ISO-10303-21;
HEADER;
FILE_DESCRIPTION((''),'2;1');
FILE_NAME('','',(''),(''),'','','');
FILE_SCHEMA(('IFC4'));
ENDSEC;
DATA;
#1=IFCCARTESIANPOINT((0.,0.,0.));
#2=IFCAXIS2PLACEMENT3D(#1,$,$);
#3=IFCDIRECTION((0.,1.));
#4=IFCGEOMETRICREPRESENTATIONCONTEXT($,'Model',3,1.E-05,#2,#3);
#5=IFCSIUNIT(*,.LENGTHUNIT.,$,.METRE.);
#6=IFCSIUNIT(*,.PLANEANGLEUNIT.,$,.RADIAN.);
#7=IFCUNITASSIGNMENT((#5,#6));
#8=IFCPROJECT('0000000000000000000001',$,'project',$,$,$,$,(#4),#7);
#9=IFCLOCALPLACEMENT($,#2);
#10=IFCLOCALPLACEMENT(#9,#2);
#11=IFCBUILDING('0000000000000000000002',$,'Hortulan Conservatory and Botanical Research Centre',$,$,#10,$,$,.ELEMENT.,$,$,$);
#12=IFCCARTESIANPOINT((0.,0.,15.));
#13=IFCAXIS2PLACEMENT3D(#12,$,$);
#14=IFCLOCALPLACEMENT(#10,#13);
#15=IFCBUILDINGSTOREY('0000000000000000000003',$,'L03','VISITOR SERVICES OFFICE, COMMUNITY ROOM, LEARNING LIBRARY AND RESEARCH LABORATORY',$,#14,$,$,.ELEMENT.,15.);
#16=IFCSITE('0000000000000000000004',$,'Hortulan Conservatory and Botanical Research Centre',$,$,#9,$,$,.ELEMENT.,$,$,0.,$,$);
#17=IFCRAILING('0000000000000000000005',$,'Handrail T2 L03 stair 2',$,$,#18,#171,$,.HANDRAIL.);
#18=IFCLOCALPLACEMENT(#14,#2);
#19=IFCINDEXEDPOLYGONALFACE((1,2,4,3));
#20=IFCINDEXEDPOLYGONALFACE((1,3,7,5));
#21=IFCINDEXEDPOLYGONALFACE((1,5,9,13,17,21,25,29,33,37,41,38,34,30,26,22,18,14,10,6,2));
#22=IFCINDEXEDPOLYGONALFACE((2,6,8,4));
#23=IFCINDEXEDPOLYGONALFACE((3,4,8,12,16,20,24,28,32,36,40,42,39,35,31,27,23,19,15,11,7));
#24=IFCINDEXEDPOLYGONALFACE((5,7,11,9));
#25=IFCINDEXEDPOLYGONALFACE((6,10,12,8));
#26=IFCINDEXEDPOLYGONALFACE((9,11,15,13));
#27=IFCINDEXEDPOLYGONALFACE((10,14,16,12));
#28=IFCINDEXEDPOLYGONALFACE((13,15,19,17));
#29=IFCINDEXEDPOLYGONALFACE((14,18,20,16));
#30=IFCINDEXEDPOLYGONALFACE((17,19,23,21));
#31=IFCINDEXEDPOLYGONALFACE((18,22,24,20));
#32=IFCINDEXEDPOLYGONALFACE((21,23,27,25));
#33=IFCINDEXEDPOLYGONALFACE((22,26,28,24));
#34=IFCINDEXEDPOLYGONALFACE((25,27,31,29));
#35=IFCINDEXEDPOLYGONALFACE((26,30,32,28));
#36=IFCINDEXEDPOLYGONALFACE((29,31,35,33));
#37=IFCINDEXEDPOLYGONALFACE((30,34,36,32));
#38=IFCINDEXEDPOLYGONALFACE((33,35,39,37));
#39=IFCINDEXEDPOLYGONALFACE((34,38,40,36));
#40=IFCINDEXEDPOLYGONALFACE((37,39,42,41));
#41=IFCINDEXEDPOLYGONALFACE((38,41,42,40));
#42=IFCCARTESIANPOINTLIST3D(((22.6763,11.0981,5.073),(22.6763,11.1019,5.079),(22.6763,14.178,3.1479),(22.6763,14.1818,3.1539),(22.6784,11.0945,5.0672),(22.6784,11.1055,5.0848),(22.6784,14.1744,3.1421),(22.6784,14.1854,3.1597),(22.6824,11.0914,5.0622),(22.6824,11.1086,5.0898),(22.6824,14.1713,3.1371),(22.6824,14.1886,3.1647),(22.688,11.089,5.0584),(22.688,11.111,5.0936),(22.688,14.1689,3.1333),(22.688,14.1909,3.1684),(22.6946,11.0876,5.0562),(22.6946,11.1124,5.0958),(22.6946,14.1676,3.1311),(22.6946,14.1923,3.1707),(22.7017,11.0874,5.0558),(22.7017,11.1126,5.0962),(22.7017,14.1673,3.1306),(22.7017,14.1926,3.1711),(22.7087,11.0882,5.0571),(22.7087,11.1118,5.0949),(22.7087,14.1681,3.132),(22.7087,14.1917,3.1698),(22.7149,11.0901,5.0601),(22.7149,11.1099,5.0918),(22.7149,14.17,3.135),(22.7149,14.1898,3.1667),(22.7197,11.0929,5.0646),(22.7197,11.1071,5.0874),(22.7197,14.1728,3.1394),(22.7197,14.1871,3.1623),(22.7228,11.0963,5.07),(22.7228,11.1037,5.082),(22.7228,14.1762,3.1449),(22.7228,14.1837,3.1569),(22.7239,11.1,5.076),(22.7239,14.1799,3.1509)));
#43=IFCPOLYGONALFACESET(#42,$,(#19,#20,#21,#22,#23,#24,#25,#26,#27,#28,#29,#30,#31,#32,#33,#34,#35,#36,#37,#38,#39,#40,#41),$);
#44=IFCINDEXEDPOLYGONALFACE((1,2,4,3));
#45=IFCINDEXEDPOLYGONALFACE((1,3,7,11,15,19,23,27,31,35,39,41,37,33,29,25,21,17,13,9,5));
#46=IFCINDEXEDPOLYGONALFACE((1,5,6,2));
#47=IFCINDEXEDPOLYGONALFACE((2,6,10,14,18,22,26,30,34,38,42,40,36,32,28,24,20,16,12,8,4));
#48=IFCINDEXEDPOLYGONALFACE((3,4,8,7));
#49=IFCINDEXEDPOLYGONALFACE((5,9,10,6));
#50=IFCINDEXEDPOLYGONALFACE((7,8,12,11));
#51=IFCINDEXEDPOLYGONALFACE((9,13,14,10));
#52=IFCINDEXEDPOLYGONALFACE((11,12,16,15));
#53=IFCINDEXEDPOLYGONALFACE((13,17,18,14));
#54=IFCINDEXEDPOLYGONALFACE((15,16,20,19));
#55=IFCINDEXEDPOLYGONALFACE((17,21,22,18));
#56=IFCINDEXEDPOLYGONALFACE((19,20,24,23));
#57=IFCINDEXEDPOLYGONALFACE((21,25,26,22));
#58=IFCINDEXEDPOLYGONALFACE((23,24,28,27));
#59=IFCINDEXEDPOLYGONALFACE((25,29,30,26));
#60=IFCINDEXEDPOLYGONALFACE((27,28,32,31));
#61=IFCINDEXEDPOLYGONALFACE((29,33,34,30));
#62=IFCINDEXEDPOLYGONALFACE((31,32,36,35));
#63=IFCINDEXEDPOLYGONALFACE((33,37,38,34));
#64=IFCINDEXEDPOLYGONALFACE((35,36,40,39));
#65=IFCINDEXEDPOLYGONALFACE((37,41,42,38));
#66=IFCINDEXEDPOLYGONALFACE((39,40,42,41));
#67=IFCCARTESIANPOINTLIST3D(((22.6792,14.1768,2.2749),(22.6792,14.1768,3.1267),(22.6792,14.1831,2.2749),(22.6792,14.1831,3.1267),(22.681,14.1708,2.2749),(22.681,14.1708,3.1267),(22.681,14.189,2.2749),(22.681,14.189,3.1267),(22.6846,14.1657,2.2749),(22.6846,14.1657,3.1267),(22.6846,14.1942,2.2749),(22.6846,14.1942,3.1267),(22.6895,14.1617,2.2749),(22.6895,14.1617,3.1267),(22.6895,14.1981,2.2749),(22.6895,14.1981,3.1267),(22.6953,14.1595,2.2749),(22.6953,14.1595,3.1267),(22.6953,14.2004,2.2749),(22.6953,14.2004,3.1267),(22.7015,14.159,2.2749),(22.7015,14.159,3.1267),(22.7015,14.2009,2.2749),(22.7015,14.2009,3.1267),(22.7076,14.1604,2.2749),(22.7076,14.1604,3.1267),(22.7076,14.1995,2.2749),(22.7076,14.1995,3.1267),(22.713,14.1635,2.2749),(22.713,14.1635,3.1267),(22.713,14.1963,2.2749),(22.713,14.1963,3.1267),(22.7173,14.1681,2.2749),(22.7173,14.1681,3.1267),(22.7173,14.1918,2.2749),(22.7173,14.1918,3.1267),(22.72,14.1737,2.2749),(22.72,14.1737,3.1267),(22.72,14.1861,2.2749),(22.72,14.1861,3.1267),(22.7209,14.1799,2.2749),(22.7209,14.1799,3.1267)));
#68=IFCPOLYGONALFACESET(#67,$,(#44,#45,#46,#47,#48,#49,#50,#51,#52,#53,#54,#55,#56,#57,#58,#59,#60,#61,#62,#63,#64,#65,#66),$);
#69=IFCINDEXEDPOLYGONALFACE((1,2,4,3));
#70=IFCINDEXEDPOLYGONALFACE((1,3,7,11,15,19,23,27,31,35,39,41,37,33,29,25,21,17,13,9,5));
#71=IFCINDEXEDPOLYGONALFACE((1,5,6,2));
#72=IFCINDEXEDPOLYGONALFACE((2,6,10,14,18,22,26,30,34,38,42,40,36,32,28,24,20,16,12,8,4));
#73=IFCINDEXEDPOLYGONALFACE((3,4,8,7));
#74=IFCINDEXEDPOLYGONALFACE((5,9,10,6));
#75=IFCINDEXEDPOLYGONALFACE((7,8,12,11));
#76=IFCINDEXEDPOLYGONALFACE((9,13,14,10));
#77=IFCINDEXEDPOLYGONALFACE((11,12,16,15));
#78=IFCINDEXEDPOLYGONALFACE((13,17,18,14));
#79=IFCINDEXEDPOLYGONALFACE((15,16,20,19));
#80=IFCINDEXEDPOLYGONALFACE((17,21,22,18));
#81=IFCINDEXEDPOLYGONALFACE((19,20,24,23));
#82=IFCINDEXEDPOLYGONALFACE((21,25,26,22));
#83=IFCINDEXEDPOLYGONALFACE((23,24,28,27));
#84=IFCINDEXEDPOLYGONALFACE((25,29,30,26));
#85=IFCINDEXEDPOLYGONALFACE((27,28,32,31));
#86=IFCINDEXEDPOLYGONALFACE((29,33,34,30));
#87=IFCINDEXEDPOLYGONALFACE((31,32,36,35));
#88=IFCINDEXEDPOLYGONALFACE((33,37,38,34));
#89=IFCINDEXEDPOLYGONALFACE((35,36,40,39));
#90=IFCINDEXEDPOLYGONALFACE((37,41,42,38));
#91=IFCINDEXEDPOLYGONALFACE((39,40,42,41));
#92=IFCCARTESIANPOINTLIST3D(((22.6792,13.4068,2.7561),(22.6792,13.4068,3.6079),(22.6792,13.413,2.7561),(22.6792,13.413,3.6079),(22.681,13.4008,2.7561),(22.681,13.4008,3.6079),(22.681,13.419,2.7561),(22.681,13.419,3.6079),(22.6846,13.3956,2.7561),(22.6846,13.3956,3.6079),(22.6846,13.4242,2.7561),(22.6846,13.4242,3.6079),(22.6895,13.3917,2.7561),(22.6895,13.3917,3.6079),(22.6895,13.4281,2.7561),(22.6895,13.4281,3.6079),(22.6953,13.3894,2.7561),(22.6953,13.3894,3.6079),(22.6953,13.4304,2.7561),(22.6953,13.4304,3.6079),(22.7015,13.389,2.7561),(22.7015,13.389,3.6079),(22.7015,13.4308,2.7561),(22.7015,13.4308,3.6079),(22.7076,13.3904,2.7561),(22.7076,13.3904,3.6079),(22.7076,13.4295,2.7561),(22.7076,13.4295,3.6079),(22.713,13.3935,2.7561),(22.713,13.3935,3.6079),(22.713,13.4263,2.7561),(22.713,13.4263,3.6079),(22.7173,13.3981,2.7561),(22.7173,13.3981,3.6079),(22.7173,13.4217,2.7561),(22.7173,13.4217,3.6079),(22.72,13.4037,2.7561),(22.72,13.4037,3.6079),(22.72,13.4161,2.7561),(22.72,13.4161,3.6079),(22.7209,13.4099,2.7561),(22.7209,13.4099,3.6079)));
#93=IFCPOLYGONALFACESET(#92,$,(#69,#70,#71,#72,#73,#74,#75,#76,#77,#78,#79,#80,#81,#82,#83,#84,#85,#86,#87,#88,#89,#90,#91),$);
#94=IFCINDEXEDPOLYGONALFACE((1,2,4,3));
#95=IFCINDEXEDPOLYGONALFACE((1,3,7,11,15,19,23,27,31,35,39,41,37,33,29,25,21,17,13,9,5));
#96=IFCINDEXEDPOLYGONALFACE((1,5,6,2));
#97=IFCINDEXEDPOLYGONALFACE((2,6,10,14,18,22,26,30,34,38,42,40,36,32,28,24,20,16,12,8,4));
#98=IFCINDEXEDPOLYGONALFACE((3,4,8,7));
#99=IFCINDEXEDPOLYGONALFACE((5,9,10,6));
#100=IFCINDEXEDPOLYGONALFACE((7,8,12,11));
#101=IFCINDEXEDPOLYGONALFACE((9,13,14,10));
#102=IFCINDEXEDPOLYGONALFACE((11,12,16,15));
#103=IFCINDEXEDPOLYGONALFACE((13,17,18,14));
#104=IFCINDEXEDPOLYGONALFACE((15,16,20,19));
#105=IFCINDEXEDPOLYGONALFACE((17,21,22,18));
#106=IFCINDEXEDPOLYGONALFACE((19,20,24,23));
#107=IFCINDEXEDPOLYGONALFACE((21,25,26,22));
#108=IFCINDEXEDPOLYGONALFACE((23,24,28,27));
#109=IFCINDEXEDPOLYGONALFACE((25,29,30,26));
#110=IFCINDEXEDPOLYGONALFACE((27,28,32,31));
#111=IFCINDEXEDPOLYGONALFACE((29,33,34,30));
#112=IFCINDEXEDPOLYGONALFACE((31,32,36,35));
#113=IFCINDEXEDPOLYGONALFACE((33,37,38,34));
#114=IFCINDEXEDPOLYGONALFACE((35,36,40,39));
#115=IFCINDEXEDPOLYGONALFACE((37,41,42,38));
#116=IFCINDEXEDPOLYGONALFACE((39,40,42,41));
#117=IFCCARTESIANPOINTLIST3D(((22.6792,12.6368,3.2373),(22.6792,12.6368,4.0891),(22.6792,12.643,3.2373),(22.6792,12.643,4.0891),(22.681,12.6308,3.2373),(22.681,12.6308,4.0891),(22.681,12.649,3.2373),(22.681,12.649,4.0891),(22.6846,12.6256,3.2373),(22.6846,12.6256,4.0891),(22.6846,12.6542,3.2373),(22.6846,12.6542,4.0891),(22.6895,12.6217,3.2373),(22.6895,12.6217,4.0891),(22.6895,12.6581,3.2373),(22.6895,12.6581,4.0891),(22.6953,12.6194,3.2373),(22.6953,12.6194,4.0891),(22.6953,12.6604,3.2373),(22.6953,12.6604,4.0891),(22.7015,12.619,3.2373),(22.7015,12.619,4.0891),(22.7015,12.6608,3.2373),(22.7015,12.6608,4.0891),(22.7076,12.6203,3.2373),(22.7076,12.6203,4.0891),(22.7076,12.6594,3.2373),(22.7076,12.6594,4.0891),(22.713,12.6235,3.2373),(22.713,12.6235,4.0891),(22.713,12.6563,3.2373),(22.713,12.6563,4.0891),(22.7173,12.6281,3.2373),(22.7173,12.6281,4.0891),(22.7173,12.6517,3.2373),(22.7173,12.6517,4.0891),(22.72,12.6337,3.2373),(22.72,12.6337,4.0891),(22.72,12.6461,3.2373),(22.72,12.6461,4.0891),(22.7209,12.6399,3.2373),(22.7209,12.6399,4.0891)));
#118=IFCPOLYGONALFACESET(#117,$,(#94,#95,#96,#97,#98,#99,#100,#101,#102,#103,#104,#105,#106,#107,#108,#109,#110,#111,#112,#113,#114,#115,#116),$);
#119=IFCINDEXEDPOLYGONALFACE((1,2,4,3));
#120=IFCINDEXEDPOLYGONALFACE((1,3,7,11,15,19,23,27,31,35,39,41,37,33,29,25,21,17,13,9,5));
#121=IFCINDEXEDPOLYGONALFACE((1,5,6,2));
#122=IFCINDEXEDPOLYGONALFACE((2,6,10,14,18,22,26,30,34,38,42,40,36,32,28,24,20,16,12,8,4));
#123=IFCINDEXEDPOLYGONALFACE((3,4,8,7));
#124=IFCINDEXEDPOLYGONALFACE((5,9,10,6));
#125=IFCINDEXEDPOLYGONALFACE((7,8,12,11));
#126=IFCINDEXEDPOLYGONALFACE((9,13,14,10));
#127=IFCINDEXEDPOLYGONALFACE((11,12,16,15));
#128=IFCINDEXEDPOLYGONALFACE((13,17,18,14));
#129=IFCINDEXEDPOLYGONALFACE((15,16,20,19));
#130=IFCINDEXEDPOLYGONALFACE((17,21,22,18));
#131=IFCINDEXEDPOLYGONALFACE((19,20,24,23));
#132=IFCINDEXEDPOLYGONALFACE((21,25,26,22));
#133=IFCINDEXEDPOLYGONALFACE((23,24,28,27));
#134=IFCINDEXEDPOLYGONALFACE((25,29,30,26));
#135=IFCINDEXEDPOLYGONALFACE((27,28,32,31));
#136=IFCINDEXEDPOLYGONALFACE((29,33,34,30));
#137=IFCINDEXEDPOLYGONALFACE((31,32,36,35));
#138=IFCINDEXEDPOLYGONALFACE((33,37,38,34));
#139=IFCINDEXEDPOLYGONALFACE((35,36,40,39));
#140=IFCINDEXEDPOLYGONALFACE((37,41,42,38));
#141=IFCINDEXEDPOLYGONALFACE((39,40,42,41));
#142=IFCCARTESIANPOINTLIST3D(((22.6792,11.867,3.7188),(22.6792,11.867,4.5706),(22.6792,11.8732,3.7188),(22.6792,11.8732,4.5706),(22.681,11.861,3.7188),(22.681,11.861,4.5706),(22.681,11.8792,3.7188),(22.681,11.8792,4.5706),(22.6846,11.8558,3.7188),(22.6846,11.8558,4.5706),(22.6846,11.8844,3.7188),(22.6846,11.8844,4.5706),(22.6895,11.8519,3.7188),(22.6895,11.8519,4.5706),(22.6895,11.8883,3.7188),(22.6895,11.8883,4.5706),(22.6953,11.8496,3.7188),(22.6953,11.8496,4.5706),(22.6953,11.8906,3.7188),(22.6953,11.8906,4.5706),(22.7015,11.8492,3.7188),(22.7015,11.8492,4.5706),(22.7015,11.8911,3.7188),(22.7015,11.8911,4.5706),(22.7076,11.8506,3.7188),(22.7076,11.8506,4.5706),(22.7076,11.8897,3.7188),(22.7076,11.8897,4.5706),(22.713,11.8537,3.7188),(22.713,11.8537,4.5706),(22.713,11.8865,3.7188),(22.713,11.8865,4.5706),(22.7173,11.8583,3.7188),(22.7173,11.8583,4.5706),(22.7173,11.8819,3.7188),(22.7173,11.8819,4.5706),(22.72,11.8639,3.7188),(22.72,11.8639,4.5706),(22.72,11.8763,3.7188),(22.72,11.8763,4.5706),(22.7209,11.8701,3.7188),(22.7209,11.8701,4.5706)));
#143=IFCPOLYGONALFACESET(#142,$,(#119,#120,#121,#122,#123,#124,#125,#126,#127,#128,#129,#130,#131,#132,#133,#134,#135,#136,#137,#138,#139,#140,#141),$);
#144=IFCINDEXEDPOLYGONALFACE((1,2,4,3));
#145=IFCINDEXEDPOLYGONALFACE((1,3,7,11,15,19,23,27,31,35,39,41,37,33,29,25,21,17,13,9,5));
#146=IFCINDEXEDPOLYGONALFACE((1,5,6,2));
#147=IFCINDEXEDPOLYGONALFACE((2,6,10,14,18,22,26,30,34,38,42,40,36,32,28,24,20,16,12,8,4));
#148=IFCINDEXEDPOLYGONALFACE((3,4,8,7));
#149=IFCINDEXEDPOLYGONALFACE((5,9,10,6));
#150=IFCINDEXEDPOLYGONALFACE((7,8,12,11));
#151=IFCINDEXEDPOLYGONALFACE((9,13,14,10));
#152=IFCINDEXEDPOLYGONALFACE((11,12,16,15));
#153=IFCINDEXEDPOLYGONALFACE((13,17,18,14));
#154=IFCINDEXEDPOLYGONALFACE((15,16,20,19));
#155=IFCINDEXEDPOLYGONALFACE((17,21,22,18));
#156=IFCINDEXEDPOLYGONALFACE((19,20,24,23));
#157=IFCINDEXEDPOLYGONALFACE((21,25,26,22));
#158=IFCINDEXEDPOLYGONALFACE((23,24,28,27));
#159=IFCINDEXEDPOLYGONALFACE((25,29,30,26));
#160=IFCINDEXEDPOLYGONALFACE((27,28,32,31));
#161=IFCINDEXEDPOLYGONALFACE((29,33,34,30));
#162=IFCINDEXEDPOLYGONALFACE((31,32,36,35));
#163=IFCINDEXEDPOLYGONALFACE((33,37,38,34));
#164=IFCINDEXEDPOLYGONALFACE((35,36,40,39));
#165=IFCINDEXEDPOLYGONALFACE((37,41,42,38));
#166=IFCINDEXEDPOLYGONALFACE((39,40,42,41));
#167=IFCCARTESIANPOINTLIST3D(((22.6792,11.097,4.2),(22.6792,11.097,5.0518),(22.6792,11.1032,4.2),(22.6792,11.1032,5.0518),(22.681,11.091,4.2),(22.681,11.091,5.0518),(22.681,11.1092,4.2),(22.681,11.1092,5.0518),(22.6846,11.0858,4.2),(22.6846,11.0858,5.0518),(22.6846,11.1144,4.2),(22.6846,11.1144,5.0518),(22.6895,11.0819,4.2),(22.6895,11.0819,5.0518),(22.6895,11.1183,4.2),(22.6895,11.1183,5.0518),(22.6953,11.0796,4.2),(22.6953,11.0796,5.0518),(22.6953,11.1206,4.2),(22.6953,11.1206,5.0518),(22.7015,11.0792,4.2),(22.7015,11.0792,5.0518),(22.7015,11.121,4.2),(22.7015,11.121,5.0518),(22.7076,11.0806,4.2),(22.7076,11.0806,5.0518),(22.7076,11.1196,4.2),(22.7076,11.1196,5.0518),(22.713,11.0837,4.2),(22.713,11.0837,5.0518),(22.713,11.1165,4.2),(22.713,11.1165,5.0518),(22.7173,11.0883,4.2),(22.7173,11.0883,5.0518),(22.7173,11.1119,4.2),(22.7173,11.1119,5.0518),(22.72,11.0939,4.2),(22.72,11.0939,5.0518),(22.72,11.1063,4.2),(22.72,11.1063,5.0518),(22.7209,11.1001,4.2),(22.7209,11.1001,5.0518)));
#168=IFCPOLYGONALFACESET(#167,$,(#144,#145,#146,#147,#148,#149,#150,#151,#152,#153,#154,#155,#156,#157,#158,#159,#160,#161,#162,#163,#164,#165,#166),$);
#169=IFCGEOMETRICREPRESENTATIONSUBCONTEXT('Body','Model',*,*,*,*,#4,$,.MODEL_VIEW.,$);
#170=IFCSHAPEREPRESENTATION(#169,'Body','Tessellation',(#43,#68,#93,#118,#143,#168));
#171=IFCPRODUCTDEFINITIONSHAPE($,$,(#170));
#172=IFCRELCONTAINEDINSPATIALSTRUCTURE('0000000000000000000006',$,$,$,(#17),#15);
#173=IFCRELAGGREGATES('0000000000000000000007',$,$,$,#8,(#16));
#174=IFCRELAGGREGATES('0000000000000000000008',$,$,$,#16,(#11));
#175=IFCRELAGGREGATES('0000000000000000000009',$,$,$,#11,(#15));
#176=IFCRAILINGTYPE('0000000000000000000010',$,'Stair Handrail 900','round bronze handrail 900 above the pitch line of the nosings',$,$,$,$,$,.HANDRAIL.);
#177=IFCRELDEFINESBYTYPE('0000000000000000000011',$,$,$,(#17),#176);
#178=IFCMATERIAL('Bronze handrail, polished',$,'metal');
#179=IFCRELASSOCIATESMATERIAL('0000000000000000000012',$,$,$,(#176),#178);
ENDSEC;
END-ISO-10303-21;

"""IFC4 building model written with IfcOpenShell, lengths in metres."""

from ifc_helpers import new_model, si_unit, direction, frame, origin, origin_2d, place, context, subcontext, project, spatial, circle, extrude, material, type_object, element, save


model = new_model("IFC4")

# Units and contexts
model_context = context("Model", 3, precision=1e-05, world=origin(), true_north=direction((0.0, 1.0)))
body_context = subcontext(model_context, "Body", "Model", "MODEL_VIEW")
ifc_project = project(units=[si_unit("LENGTHUNIT", "METRE"), si_unit("PLANEANGLEUNIT", "RADIAN")], contexts=[model_context])

# Site, building, storey
site_placement = place(None, origin())
site = spatial("IfcSite", under=ifc_project, at=site_placement, Name="Hortulan Conservatory and Botanical Research Centre", CompositionType="ELEMENT", RefElevation=0.0)
building_placement = place(site_placement, origin())
building = spatial("IfcBuilding", under=site, at=building_placement, Name="Hortulan Conservatory and Botanical Research Centre", CompositionType="ELEMENT")
storey_placement = place(building_placement, frame((0.0, 0.0, 15.0)))
storey = spatial("IfcBuildingStorey", under=building, at=storey_placement, Name="L03", Description="VISITOR SERVICES OFFICE, COMMUNITY ROOM, LEARNING LIBRARY AND RESEARCH LABORATORY", CompositionType="ELEMENT", Elevation=15.0)

# Railing
ifc_material_1 = material(Name="Bronze handrail, polished", Category="metal")
railing_type_1 = type_object("IfcRailingType", Name="Stair Handrail 900", Description="round bronze handrail 900 above the pitch line of the nosings", PredefinedType="HANDRAIL", material=ifc_material_1)
railing_1_placement = place(storey_placement, frame((22.7, 14.1799, 2.2749)))
element("IfcRailing", 1, at=railing_1_placement, inside=storey, type_object=railing_type_1, Name="Handrail T2 L03 stair 2", PredefinedType="HANDRAIL", context=body_context, shape_type="SweptSolid", body=[
    extrude(circle(Radius=0.0239, at=origin_2d()), frame((0.0, 0.0, 0.876), z_axis=(0.0, -0.847979, 0.530029), x_axis=(1.0, 0.0, 0.0)), (0.0, 0.0, 1.0), 3.6321),
    extrude(circle(Radius=0.021, at=origin_2d()), origin(), (0.0, 0.0, 1.0), 0.8518),
    extrude(circle(Radius=0.021, at=origin_2d()), frame((0.0, -0.77, 0.4812)), (0.0, 0.0, 1.0), 0.8518),
    extrude(circle(Radius=0.021, at=origin_2d()), frame((0.0, -1.54, 0.9624)), (0.0, 0.0, 1.0), 0.8518),
    extrude(circle(Radius=0.021, at=origin_2d()), frame((0.0, -2.3098, 1.4438)), (0.0, 0.0, 1.0), 0.8518),
    extrude(circle(Radius=0.021, at=origin_2d()), frame((0.0, -3.0798, 1.925)), (0.0, 0.0, 1.0), 0.8518),
])

save(model, "model.ifc")
